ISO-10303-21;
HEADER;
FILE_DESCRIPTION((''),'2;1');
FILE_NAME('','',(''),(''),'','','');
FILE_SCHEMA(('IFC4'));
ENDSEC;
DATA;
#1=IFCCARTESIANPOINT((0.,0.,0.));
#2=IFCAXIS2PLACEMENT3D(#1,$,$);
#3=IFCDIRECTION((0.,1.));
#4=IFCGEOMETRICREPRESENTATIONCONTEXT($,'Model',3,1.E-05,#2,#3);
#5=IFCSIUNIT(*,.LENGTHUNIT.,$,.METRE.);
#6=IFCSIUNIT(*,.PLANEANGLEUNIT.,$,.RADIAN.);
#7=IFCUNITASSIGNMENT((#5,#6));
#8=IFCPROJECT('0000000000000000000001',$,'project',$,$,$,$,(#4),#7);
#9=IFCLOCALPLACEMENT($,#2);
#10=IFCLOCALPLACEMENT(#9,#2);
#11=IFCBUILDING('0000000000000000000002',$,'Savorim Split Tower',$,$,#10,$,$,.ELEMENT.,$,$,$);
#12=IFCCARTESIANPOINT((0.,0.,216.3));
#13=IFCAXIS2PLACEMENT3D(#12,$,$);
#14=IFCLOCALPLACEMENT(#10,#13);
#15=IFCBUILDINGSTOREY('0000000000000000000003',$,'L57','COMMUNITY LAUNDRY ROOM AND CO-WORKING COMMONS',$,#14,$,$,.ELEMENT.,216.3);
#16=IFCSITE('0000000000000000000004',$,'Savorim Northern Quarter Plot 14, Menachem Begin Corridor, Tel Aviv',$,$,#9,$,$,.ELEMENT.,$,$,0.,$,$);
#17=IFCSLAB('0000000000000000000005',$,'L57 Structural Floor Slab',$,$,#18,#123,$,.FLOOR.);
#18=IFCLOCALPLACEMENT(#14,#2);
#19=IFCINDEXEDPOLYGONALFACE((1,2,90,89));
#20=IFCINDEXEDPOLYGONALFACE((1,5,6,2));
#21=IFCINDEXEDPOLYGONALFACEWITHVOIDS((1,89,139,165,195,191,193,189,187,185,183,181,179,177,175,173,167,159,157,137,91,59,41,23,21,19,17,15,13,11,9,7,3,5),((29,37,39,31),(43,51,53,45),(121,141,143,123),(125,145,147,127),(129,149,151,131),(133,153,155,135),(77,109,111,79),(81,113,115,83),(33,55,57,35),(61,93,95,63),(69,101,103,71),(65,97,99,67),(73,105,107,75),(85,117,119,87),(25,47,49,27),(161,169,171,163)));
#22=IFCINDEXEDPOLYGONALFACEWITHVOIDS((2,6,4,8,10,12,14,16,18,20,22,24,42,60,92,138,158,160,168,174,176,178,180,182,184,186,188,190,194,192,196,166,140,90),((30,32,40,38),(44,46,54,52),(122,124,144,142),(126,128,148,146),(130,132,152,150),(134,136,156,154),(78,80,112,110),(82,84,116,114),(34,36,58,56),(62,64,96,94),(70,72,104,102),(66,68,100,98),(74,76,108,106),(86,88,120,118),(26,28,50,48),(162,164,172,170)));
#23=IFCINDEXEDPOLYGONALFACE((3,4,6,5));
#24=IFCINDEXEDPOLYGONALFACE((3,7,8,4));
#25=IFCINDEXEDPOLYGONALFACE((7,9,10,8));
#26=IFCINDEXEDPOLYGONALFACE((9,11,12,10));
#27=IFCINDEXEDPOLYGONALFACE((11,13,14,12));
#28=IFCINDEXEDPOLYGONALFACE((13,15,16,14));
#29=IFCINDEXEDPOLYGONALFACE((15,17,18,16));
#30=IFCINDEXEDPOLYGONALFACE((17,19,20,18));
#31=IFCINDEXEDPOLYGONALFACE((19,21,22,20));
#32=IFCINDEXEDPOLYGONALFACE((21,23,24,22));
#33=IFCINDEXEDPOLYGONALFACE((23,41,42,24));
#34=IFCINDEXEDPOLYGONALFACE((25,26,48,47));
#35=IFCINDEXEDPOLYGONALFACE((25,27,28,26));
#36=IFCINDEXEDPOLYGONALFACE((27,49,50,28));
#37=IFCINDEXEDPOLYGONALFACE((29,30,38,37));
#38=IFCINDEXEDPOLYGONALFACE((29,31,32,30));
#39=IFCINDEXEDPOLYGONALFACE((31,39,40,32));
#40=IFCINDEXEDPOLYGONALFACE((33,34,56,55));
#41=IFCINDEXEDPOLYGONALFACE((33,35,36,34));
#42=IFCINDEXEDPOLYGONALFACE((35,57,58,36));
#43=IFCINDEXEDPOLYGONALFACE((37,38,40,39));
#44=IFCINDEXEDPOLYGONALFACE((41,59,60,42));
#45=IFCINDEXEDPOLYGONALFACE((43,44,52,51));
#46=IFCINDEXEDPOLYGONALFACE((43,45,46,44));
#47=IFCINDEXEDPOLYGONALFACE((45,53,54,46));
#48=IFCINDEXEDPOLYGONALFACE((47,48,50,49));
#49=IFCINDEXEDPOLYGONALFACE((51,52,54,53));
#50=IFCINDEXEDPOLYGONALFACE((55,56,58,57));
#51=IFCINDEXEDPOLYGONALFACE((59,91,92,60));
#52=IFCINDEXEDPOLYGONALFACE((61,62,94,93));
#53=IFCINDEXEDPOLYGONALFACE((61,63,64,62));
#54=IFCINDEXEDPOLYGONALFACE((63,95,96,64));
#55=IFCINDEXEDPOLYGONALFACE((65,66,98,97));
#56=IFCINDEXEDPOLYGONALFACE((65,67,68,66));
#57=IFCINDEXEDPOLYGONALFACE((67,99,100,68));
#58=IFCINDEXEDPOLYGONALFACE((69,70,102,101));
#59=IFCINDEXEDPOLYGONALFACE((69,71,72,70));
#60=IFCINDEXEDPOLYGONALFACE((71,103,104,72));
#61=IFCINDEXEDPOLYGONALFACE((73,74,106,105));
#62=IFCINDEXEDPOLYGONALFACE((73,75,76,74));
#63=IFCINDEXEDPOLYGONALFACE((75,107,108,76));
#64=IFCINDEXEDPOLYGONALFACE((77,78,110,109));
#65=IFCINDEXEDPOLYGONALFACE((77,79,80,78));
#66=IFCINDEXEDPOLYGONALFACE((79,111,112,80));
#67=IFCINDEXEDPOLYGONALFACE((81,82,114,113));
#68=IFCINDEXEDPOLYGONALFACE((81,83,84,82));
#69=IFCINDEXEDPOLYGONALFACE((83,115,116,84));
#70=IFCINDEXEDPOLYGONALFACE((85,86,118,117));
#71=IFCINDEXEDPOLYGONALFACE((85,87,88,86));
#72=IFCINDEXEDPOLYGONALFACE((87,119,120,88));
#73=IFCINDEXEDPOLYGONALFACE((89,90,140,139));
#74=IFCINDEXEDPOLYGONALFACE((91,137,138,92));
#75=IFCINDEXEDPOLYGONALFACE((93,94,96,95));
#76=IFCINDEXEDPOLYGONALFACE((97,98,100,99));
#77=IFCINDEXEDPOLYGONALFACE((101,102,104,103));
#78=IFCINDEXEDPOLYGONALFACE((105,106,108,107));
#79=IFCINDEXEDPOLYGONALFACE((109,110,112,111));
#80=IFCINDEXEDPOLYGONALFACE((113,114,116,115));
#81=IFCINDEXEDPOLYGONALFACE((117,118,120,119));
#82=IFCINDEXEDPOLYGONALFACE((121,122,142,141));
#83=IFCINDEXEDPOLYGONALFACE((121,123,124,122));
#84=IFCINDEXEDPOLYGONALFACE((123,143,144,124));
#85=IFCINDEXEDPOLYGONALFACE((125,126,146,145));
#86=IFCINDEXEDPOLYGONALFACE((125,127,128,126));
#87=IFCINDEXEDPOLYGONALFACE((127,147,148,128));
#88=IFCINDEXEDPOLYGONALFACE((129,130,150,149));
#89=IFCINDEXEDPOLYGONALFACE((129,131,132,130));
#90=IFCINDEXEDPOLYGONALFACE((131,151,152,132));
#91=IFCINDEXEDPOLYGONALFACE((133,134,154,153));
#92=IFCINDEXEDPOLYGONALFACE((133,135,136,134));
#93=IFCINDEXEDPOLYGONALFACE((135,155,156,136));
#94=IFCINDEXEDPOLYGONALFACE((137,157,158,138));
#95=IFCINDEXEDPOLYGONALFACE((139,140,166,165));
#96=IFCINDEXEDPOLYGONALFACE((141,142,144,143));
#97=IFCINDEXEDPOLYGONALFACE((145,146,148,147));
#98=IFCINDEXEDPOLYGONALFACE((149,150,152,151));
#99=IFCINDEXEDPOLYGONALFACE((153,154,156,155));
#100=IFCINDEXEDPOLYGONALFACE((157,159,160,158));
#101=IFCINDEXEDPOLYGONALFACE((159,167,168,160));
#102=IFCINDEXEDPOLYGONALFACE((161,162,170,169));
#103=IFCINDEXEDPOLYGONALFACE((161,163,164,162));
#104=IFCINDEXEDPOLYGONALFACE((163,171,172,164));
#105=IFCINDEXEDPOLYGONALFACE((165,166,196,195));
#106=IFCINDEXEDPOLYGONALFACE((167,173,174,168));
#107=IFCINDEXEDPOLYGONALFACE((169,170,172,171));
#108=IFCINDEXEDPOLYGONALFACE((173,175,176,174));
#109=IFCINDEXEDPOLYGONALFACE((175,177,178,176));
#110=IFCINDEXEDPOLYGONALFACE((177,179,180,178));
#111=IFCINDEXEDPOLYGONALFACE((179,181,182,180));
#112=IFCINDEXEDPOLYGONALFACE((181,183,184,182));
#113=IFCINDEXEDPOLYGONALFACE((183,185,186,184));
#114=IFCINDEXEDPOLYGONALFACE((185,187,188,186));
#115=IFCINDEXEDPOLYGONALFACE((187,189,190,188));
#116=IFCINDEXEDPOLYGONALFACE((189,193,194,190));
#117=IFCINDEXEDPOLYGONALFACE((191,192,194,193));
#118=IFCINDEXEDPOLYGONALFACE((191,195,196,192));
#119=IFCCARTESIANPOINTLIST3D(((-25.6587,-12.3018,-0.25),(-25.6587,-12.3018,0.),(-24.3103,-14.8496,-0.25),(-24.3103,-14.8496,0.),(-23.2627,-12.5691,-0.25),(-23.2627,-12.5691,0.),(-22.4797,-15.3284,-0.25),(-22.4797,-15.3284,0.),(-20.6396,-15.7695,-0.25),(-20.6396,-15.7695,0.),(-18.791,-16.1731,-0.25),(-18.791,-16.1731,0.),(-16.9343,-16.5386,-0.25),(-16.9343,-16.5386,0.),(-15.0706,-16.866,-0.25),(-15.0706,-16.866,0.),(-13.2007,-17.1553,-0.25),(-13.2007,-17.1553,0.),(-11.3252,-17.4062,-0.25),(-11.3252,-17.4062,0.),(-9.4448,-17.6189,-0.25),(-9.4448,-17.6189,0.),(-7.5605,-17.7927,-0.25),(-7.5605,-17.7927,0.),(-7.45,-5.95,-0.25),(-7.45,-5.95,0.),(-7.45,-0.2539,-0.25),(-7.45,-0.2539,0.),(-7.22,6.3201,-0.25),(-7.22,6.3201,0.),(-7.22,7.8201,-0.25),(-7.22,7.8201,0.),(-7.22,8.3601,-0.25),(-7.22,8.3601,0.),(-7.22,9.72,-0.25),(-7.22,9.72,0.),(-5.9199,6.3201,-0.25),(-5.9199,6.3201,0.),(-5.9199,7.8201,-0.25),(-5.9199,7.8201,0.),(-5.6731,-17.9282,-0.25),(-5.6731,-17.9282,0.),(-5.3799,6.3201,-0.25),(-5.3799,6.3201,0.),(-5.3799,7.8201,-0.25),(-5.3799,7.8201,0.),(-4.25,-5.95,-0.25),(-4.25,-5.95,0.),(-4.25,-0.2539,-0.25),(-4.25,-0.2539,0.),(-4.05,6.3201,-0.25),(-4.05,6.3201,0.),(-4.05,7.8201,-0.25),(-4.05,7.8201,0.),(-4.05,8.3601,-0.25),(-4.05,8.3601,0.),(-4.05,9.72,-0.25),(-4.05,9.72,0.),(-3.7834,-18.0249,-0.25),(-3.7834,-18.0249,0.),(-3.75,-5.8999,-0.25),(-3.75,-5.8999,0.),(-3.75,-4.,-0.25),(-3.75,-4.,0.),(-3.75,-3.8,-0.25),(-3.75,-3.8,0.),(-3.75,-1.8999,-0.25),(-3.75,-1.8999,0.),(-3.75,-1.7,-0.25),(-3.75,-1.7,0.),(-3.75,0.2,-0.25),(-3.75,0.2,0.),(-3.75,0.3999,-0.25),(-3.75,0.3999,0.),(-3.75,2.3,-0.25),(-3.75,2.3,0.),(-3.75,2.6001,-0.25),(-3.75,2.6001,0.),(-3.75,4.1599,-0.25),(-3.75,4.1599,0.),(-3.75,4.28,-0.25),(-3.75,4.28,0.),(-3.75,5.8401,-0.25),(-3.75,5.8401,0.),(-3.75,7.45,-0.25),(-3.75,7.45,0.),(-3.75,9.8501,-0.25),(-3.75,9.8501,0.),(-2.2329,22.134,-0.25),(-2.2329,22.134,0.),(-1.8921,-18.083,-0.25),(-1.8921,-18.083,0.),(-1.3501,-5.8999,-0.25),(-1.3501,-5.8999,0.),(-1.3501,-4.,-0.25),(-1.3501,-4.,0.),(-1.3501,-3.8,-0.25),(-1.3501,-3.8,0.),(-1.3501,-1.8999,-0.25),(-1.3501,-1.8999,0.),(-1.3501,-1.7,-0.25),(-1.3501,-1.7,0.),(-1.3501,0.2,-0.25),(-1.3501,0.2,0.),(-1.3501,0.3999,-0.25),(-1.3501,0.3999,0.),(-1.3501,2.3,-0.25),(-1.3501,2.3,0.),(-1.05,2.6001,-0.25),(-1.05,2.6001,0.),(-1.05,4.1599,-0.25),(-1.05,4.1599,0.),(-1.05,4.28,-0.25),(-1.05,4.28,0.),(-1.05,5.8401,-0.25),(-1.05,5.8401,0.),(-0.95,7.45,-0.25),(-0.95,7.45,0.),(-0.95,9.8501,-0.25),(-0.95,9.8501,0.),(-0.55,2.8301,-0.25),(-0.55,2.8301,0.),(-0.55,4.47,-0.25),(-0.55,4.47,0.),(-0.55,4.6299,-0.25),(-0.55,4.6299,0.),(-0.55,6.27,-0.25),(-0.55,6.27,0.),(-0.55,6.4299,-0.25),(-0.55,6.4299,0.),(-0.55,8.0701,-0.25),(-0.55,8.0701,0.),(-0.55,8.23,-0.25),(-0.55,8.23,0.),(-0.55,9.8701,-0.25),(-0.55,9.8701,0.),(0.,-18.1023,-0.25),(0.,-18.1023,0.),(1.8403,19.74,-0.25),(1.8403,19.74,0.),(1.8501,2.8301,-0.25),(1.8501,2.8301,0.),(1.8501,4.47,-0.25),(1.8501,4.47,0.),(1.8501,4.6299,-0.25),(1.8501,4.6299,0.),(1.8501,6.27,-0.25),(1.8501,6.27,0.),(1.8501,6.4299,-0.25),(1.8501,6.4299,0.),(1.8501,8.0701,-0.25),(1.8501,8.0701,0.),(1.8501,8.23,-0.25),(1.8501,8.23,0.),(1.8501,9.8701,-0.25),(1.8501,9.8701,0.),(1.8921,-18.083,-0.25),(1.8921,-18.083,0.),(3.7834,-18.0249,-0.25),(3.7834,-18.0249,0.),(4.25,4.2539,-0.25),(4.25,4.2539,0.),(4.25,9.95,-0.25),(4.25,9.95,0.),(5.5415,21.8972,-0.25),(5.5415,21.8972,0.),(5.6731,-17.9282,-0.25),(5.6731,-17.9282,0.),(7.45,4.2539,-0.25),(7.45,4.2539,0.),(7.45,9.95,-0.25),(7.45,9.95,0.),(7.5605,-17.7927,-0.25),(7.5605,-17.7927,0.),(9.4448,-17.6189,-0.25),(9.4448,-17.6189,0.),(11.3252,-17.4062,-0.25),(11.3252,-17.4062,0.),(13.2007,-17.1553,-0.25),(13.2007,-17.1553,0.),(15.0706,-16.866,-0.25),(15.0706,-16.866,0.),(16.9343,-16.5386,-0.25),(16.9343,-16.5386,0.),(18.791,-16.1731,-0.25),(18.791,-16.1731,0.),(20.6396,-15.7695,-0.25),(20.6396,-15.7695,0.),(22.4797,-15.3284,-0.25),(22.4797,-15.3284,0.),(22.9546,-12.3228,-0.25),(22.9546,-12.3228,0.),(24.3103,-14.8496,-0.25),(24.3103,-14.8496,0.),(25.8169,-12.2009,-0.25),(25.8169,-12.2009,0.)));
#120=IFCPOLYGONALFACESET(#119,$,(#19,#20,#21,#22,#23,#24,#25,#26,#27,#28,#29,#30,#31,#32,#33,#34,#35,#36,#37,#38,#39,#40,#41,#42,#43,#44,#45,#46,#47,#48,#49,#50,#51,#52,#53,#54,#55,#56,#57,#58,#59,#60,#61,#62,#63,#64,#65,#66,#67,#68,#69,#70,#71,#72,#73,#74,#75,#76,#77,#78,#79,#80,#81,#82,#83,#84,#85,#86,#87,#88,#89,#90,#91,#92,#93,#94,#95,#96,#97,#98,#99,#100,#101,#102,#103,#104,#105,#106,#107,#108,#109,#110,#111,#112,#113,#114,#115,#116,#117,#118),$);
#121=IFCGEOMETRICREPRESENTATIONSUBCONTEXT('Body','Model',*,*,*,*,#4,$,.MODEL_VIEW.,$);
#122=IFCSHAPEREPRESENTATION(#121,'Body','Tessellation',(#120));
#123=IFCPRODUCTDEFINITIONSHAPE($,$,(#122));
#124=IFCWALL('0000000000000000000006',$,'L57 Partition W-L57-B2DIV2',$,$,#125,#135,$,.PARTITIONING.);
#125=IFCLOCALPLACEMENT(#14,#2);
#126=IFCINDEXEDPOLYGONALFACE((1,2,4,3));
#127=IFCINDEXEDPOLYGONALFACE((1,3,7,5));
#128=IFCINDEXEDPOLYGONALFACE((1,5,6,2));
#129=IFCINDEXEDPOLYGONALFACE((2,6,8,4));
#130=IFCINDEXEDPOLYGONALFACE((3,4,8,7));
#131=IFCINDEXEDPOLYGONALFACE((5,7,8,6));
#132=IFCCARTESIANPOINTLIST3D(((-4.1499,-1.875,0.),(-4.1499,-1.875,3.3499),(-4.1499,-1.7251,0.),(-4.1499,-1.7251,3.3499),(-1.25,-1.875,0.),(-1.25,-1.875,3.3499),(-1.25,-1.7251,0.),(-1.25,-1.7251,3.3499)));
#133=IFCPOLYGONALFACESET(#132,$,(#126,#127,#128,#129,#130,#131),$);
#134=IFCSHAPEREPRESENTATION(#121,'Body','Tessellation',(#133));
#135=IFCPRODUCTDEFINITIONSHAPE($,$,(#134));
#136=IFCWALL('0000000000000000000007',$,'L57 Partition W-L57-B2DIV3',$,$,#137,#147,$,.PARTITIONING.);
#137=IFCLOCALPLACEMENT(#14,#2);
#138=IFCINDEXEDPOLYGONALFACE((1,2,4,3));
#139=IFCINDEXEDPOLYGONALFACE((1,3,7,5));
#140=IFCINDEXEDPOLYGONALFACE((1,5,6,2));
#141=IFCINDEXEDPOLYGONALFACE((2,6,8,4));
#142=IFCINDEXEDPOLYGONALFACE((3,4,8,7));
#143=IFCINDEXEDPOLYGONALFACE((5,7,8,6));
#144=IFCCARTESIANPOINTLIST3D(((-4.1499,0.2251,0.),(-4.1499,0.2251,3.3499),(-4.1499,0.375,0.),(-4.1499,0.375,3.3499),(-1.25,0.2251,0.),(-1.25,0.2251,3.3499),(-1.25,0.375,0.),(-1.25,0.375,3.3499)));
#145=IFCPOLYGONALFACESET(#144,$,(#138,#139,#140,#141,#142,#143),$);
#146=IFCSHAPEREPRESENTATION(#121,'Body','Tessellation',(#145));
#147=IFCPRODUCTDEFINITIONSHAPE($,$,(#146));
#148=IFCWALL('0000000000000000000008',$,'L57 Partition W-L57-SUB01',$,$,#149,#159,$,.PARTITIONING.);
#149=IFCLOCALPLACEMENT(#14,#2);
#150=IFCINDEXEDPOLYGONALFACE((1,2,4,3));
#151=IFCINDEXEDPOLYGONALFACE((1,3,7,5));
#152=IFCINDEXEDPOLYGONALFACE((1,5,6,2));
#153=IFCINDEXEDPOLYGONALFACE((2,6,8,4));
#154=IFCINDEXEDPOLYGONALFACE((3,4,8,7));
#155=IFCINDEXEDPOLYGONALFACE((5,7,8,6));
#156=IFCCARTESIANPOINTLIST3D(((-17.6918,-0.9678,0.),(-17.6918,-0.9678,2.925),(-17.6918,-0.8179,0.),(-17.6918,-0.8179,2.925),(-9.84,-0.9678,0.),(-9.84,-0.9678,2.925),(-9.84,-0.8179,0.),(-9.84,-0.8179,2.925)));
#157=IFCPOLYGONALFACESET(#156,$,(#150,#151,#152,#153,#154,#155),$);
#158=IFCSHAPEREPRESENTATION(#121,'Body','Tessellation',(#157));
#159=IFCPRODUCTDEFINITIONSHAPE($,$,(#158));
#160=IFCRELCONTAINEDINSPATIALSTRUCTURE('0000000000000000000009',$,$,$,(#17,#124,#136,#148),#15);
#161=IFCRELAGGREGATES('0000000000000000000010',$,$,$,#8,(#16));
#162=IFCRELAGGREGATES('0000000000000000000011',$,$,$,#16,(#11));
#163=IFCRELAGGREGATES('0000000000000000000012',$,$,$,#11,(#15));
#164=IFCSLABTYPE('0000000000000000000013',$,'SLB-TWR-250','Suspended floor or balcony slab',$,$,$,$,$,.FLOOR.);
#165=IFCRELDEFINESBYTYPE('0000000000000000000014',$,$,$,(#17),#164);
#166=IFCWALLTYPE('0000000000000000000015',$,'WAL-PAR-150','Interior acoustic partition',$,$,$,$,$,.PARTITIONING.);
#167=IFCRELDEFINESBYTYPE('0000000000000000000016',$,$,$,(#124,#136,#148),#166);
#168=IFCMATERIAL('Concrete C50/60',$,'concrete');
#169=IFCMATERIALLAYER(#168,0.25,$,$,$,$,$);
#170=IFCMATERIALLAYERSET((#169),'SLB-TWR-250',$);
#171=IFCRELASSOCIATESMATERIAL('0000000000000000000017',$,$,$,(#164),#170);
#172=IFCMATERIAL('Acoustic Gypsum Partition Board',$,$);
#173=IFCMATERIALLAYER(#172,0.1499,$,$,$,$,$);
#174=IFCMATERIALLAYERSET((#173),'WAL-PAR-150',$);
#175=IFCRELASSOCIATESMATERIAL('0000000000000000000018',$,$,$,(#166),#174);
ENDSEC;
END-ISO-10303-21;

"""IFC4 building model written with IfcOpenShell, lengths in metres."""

from ifc_helpers import new_model, si_unit, direction, frame, frame_2d, origin, place, context, subcontext, project, spatial, polyline, rectangle, outline, extrude, material, layer, layer_set, type_object, element, save


model = new_model("IFC4")

# Units and contexts
model_context = context("Model", 3, precision=1e-05, world=origin(), true_north=direction((0.0, 1.0)))
body_context = subcontext(model_context, "Body", "Model", "MODEL_VIEW")
ifc_project = project(units=[si_unit("LENGTHUNIT", "METRE"), si_unit("PLANEANGLEUNIT", "RADIAN")], contexts=[model_context])

# Site, building, storey
site_placement = place(None, origin())
site = spatial("IfcSite", under=ifc_project, at=site_placement, Name="Savorim Northern Quarter Plot 14, Menachem Begin Corridor, Tel Aviv", CompositionType="ELEMENT", RefElevation=0.0)
building_placement = place(site_placement, origin())
building = spatial("IfcBuilding", under=site, at=building_placement, Name="Savorim Split Tower", CompositionType="ELEMENT")
storey_placement = place(building_placement, frame((0.0, 0.0, 216.3)))
storey = spatial("IfcBuildingStorey", under=building, at=storey_placement, Name="L57", Description="COMMUNITY LAUNDRY ROOM AND CO-WORKING COMMONS", CompositionType="ELEMENT", Elevation=216.3)

# Slab
ifc_material_1 = material(Name="Concrete C50/60", Category="concrete")
ifc_layer_1 = layer(ifc_material_1, 0.25)
ifc_layer_set_1 = layer_set([ifc_layer_1], Name="SLB-TWR-250")
slab_type_1 = type_object("IfcSlabType", Name="SLB-TWR-250", Description="Suspended floor or balcony slab", PredefinedType="FLOOR", material=ifc_layer_set_1)
slab_1_placement = place(storey_placement, frame((0.0, 0.0, -0.25)))
element("IfcSlab", 1, at=slab_1_placement, inside=storey, type_object=slab_type_1, Name="L57 Structural Floor Slab", PredefinedType="FLOOR", context=body_context, shape_type="SweptSolid", body=[
    extrude(outline(polyline([(-24.3103, -14.8496), (-22.4797, -15.3284), (-20.6396, -15.7695), (-18.791, -16.1731), (-16.9343, -16.5386), (-15.0706, -16.866), (-13.2007, -17.1553), (-11.3252, -17.4062), (-9.4448, -17.6189), (-7.5605, -17.7927), (-5.6731, -17.9282), (-3.7834, -18.0249), (-1.8921, -18.083), (0.0, -18.1023), (1.8921, -18.083), (3.7834, -18.0249), (5.6731, -17.9282), (7.5605, -17.7927), (9.4448, -17.6189), (11.3252, -17.4062), (13.2007, -17.1553), (15.0706, -16.866), (16.9343, -16.5386), (18.791, -16.1731), (20.6396, -15.7695), (22.4797, -15.3284), (24.3103, -14.8496), (22.9546, -12.3228), (25.8169, -12.2009), (5.5415, 21.8972), (1.8403, 19.74), (-2.2329, 22.134), (-25.6587, -12.3018), (-23.2627, -12.5691), (-24.3103, -14.8496)]), holes=[polyline([(-7.45, -0.2539), (-7.45, -5.95), (-4.25, -5.95), (-4.25, -0.2539), (-7.45, -0.2539)]), polyline([(7.45, 4.2539), (7.45, 9.95), (4.25, 9.95), (4.25, 4.2539), (7.45, 4.2539)]), polyline([(-3.75, -5.8999), (-1.3501, -5.8999), (-1.3501, -4.0), (-3.75, -4.0), (-3.75, -5.8999)]), polyline([(-3.75, -3.8), (-1.3501, -3.8), (-1.3501, -1.8999), (-3.75, -1.8999), (-3.75, -3.8)]), polyline([(-3.75, -1.7), (-1.3501, -1.7), (-1.3501, 0.2), (-3.75, 0.2), (-3.75, -1.7)]), polyline([(-3.75, 0.3999), (-1.3501, 0.3999), (-1.3501, 2.3), (-3.75, 2.3), (-3.75, 0.3999)]), polyline([(-0.55, 2.8301), (1.8501, 2.8301), (1.8501, 4.47), (-0.55, 4.47), (-0.55, 2.8301)]), polyline([(-0.55, 4.6299), (1.8501, 4.6299), (1.8501, 6.27), (-0.55, 6.27), (-0.55, 4.6299)]), polyline([(-0.55, 6.4299), (1.8501, 6.4299), (1.8501, 8.0701), (-0.55, 8.0701), (-0.55, 6.4299)]), polyline([(-0.55, 8.23), (1.8501, 8.23), (1.8501, 9.8701), (-0.55, 9.8701), (-0.55, 8.23)]), polyline([(-3.75, 2.6001), (-1.05, 2.6001), (-1.05, 4.1599), (-3.75, 4.1599), (-3.75, 2.6001)]), polyline([(-3.75, 4.28), (-1.05, 4.28), (-1.05, 5.8401), (-3.75, 5.8401), (-3.75, 4.28)]), polyline([(-3.75, 7.45), (-0.95, 7.45), (-0.95, 9.8501), (-3.75, 9.8501), (-3.75, 7.45)]), polyline([(-7.22, 6.3201), (-5.9199, 6.3201), (-5.9199, 7.8201), (-7.22, 7.8201), (-7.22, 6.3201)]), polyline([(-5.3799, 6.3201), (-4.05, 6.3201), (-4.05, 7.8201), (-5.3799, 7.8201), (-5.3799, 6.3201)]), polyline([(-7.22, 8.3601), (-4.05, 8.3601), (-4.05, 9.72), (-7.22, 9.72), (-7.22, 8.3601)])]), origin(), (0.0, 0.0, 1.0), 0.25),
])

# Walls
ifc_material_2 = material(Name="Acoustic Gypsum Partition Board")
ifc_layer_2 = layer(ifc_material_2, 0.1499)
ifc_layer_set_2 = layer_set([ifc_layer_2], Name="WAL-PAR-150")
wall_type_1 = type_object("IfcWallType", Name="WAL-PAR-150", Description="Interior acoustic partition", PredefinedType="PARTITIONING", material=ifc_layer_set_2)
for number, where, z_axis, x_axis, name in (
    (2, (-4.1499, -1.8, 0.0), (0.0, 0.0, 1.0), (1.0, 0.0, 0.0), "L57 Partition W-L57-B2DIV2"),
    (3, (-4.1499, 0.3, 0.0), (0.0, 0.0, 1.0), (1.0, 0.0, 0.0), "L57 Partition W-L57-B2DIV3"),
):
    element("IfcWall", number, at=place(storey_placement, frame(where, z_axis=z_axis, x_axis=x_axis)), inside=storey, type_object=wall_type_1, Name=name, PredefinedType="PARTITIONING", context=body_context, shape_type="SweptSolid", body=[
        extrude(rectangle(XDim=2.8999, YDim=0.1499, at=frame_2d((1.45, 0.0))), origin(), (0.0, 0.0, 1.0), 3.3499),
    ])
wall_1_placement = place(storey_placement, frame((-9.8401, -0.8928, 0.0), z_axis=(0.0, 0.0, 1.0), x_axis=(-1.0, 0.0, 0.0)))
element("IfcWall", 4, at=wall_1_placement, inside=storey, type_object=wall_type_1, Name="L57 Partition W-L57-SUB01", PredefinedType="PARTITIONING", context=body_context, shape_type="SweptSolid", body=[
    extrude(rectangle(XDim=7.8518, YDim=0.1499, at=frame_2d((3.9258, 0.0))), origin(), (0.0, 0.0, 1.0), 2.925),
])

save(model, "model.ifc")
